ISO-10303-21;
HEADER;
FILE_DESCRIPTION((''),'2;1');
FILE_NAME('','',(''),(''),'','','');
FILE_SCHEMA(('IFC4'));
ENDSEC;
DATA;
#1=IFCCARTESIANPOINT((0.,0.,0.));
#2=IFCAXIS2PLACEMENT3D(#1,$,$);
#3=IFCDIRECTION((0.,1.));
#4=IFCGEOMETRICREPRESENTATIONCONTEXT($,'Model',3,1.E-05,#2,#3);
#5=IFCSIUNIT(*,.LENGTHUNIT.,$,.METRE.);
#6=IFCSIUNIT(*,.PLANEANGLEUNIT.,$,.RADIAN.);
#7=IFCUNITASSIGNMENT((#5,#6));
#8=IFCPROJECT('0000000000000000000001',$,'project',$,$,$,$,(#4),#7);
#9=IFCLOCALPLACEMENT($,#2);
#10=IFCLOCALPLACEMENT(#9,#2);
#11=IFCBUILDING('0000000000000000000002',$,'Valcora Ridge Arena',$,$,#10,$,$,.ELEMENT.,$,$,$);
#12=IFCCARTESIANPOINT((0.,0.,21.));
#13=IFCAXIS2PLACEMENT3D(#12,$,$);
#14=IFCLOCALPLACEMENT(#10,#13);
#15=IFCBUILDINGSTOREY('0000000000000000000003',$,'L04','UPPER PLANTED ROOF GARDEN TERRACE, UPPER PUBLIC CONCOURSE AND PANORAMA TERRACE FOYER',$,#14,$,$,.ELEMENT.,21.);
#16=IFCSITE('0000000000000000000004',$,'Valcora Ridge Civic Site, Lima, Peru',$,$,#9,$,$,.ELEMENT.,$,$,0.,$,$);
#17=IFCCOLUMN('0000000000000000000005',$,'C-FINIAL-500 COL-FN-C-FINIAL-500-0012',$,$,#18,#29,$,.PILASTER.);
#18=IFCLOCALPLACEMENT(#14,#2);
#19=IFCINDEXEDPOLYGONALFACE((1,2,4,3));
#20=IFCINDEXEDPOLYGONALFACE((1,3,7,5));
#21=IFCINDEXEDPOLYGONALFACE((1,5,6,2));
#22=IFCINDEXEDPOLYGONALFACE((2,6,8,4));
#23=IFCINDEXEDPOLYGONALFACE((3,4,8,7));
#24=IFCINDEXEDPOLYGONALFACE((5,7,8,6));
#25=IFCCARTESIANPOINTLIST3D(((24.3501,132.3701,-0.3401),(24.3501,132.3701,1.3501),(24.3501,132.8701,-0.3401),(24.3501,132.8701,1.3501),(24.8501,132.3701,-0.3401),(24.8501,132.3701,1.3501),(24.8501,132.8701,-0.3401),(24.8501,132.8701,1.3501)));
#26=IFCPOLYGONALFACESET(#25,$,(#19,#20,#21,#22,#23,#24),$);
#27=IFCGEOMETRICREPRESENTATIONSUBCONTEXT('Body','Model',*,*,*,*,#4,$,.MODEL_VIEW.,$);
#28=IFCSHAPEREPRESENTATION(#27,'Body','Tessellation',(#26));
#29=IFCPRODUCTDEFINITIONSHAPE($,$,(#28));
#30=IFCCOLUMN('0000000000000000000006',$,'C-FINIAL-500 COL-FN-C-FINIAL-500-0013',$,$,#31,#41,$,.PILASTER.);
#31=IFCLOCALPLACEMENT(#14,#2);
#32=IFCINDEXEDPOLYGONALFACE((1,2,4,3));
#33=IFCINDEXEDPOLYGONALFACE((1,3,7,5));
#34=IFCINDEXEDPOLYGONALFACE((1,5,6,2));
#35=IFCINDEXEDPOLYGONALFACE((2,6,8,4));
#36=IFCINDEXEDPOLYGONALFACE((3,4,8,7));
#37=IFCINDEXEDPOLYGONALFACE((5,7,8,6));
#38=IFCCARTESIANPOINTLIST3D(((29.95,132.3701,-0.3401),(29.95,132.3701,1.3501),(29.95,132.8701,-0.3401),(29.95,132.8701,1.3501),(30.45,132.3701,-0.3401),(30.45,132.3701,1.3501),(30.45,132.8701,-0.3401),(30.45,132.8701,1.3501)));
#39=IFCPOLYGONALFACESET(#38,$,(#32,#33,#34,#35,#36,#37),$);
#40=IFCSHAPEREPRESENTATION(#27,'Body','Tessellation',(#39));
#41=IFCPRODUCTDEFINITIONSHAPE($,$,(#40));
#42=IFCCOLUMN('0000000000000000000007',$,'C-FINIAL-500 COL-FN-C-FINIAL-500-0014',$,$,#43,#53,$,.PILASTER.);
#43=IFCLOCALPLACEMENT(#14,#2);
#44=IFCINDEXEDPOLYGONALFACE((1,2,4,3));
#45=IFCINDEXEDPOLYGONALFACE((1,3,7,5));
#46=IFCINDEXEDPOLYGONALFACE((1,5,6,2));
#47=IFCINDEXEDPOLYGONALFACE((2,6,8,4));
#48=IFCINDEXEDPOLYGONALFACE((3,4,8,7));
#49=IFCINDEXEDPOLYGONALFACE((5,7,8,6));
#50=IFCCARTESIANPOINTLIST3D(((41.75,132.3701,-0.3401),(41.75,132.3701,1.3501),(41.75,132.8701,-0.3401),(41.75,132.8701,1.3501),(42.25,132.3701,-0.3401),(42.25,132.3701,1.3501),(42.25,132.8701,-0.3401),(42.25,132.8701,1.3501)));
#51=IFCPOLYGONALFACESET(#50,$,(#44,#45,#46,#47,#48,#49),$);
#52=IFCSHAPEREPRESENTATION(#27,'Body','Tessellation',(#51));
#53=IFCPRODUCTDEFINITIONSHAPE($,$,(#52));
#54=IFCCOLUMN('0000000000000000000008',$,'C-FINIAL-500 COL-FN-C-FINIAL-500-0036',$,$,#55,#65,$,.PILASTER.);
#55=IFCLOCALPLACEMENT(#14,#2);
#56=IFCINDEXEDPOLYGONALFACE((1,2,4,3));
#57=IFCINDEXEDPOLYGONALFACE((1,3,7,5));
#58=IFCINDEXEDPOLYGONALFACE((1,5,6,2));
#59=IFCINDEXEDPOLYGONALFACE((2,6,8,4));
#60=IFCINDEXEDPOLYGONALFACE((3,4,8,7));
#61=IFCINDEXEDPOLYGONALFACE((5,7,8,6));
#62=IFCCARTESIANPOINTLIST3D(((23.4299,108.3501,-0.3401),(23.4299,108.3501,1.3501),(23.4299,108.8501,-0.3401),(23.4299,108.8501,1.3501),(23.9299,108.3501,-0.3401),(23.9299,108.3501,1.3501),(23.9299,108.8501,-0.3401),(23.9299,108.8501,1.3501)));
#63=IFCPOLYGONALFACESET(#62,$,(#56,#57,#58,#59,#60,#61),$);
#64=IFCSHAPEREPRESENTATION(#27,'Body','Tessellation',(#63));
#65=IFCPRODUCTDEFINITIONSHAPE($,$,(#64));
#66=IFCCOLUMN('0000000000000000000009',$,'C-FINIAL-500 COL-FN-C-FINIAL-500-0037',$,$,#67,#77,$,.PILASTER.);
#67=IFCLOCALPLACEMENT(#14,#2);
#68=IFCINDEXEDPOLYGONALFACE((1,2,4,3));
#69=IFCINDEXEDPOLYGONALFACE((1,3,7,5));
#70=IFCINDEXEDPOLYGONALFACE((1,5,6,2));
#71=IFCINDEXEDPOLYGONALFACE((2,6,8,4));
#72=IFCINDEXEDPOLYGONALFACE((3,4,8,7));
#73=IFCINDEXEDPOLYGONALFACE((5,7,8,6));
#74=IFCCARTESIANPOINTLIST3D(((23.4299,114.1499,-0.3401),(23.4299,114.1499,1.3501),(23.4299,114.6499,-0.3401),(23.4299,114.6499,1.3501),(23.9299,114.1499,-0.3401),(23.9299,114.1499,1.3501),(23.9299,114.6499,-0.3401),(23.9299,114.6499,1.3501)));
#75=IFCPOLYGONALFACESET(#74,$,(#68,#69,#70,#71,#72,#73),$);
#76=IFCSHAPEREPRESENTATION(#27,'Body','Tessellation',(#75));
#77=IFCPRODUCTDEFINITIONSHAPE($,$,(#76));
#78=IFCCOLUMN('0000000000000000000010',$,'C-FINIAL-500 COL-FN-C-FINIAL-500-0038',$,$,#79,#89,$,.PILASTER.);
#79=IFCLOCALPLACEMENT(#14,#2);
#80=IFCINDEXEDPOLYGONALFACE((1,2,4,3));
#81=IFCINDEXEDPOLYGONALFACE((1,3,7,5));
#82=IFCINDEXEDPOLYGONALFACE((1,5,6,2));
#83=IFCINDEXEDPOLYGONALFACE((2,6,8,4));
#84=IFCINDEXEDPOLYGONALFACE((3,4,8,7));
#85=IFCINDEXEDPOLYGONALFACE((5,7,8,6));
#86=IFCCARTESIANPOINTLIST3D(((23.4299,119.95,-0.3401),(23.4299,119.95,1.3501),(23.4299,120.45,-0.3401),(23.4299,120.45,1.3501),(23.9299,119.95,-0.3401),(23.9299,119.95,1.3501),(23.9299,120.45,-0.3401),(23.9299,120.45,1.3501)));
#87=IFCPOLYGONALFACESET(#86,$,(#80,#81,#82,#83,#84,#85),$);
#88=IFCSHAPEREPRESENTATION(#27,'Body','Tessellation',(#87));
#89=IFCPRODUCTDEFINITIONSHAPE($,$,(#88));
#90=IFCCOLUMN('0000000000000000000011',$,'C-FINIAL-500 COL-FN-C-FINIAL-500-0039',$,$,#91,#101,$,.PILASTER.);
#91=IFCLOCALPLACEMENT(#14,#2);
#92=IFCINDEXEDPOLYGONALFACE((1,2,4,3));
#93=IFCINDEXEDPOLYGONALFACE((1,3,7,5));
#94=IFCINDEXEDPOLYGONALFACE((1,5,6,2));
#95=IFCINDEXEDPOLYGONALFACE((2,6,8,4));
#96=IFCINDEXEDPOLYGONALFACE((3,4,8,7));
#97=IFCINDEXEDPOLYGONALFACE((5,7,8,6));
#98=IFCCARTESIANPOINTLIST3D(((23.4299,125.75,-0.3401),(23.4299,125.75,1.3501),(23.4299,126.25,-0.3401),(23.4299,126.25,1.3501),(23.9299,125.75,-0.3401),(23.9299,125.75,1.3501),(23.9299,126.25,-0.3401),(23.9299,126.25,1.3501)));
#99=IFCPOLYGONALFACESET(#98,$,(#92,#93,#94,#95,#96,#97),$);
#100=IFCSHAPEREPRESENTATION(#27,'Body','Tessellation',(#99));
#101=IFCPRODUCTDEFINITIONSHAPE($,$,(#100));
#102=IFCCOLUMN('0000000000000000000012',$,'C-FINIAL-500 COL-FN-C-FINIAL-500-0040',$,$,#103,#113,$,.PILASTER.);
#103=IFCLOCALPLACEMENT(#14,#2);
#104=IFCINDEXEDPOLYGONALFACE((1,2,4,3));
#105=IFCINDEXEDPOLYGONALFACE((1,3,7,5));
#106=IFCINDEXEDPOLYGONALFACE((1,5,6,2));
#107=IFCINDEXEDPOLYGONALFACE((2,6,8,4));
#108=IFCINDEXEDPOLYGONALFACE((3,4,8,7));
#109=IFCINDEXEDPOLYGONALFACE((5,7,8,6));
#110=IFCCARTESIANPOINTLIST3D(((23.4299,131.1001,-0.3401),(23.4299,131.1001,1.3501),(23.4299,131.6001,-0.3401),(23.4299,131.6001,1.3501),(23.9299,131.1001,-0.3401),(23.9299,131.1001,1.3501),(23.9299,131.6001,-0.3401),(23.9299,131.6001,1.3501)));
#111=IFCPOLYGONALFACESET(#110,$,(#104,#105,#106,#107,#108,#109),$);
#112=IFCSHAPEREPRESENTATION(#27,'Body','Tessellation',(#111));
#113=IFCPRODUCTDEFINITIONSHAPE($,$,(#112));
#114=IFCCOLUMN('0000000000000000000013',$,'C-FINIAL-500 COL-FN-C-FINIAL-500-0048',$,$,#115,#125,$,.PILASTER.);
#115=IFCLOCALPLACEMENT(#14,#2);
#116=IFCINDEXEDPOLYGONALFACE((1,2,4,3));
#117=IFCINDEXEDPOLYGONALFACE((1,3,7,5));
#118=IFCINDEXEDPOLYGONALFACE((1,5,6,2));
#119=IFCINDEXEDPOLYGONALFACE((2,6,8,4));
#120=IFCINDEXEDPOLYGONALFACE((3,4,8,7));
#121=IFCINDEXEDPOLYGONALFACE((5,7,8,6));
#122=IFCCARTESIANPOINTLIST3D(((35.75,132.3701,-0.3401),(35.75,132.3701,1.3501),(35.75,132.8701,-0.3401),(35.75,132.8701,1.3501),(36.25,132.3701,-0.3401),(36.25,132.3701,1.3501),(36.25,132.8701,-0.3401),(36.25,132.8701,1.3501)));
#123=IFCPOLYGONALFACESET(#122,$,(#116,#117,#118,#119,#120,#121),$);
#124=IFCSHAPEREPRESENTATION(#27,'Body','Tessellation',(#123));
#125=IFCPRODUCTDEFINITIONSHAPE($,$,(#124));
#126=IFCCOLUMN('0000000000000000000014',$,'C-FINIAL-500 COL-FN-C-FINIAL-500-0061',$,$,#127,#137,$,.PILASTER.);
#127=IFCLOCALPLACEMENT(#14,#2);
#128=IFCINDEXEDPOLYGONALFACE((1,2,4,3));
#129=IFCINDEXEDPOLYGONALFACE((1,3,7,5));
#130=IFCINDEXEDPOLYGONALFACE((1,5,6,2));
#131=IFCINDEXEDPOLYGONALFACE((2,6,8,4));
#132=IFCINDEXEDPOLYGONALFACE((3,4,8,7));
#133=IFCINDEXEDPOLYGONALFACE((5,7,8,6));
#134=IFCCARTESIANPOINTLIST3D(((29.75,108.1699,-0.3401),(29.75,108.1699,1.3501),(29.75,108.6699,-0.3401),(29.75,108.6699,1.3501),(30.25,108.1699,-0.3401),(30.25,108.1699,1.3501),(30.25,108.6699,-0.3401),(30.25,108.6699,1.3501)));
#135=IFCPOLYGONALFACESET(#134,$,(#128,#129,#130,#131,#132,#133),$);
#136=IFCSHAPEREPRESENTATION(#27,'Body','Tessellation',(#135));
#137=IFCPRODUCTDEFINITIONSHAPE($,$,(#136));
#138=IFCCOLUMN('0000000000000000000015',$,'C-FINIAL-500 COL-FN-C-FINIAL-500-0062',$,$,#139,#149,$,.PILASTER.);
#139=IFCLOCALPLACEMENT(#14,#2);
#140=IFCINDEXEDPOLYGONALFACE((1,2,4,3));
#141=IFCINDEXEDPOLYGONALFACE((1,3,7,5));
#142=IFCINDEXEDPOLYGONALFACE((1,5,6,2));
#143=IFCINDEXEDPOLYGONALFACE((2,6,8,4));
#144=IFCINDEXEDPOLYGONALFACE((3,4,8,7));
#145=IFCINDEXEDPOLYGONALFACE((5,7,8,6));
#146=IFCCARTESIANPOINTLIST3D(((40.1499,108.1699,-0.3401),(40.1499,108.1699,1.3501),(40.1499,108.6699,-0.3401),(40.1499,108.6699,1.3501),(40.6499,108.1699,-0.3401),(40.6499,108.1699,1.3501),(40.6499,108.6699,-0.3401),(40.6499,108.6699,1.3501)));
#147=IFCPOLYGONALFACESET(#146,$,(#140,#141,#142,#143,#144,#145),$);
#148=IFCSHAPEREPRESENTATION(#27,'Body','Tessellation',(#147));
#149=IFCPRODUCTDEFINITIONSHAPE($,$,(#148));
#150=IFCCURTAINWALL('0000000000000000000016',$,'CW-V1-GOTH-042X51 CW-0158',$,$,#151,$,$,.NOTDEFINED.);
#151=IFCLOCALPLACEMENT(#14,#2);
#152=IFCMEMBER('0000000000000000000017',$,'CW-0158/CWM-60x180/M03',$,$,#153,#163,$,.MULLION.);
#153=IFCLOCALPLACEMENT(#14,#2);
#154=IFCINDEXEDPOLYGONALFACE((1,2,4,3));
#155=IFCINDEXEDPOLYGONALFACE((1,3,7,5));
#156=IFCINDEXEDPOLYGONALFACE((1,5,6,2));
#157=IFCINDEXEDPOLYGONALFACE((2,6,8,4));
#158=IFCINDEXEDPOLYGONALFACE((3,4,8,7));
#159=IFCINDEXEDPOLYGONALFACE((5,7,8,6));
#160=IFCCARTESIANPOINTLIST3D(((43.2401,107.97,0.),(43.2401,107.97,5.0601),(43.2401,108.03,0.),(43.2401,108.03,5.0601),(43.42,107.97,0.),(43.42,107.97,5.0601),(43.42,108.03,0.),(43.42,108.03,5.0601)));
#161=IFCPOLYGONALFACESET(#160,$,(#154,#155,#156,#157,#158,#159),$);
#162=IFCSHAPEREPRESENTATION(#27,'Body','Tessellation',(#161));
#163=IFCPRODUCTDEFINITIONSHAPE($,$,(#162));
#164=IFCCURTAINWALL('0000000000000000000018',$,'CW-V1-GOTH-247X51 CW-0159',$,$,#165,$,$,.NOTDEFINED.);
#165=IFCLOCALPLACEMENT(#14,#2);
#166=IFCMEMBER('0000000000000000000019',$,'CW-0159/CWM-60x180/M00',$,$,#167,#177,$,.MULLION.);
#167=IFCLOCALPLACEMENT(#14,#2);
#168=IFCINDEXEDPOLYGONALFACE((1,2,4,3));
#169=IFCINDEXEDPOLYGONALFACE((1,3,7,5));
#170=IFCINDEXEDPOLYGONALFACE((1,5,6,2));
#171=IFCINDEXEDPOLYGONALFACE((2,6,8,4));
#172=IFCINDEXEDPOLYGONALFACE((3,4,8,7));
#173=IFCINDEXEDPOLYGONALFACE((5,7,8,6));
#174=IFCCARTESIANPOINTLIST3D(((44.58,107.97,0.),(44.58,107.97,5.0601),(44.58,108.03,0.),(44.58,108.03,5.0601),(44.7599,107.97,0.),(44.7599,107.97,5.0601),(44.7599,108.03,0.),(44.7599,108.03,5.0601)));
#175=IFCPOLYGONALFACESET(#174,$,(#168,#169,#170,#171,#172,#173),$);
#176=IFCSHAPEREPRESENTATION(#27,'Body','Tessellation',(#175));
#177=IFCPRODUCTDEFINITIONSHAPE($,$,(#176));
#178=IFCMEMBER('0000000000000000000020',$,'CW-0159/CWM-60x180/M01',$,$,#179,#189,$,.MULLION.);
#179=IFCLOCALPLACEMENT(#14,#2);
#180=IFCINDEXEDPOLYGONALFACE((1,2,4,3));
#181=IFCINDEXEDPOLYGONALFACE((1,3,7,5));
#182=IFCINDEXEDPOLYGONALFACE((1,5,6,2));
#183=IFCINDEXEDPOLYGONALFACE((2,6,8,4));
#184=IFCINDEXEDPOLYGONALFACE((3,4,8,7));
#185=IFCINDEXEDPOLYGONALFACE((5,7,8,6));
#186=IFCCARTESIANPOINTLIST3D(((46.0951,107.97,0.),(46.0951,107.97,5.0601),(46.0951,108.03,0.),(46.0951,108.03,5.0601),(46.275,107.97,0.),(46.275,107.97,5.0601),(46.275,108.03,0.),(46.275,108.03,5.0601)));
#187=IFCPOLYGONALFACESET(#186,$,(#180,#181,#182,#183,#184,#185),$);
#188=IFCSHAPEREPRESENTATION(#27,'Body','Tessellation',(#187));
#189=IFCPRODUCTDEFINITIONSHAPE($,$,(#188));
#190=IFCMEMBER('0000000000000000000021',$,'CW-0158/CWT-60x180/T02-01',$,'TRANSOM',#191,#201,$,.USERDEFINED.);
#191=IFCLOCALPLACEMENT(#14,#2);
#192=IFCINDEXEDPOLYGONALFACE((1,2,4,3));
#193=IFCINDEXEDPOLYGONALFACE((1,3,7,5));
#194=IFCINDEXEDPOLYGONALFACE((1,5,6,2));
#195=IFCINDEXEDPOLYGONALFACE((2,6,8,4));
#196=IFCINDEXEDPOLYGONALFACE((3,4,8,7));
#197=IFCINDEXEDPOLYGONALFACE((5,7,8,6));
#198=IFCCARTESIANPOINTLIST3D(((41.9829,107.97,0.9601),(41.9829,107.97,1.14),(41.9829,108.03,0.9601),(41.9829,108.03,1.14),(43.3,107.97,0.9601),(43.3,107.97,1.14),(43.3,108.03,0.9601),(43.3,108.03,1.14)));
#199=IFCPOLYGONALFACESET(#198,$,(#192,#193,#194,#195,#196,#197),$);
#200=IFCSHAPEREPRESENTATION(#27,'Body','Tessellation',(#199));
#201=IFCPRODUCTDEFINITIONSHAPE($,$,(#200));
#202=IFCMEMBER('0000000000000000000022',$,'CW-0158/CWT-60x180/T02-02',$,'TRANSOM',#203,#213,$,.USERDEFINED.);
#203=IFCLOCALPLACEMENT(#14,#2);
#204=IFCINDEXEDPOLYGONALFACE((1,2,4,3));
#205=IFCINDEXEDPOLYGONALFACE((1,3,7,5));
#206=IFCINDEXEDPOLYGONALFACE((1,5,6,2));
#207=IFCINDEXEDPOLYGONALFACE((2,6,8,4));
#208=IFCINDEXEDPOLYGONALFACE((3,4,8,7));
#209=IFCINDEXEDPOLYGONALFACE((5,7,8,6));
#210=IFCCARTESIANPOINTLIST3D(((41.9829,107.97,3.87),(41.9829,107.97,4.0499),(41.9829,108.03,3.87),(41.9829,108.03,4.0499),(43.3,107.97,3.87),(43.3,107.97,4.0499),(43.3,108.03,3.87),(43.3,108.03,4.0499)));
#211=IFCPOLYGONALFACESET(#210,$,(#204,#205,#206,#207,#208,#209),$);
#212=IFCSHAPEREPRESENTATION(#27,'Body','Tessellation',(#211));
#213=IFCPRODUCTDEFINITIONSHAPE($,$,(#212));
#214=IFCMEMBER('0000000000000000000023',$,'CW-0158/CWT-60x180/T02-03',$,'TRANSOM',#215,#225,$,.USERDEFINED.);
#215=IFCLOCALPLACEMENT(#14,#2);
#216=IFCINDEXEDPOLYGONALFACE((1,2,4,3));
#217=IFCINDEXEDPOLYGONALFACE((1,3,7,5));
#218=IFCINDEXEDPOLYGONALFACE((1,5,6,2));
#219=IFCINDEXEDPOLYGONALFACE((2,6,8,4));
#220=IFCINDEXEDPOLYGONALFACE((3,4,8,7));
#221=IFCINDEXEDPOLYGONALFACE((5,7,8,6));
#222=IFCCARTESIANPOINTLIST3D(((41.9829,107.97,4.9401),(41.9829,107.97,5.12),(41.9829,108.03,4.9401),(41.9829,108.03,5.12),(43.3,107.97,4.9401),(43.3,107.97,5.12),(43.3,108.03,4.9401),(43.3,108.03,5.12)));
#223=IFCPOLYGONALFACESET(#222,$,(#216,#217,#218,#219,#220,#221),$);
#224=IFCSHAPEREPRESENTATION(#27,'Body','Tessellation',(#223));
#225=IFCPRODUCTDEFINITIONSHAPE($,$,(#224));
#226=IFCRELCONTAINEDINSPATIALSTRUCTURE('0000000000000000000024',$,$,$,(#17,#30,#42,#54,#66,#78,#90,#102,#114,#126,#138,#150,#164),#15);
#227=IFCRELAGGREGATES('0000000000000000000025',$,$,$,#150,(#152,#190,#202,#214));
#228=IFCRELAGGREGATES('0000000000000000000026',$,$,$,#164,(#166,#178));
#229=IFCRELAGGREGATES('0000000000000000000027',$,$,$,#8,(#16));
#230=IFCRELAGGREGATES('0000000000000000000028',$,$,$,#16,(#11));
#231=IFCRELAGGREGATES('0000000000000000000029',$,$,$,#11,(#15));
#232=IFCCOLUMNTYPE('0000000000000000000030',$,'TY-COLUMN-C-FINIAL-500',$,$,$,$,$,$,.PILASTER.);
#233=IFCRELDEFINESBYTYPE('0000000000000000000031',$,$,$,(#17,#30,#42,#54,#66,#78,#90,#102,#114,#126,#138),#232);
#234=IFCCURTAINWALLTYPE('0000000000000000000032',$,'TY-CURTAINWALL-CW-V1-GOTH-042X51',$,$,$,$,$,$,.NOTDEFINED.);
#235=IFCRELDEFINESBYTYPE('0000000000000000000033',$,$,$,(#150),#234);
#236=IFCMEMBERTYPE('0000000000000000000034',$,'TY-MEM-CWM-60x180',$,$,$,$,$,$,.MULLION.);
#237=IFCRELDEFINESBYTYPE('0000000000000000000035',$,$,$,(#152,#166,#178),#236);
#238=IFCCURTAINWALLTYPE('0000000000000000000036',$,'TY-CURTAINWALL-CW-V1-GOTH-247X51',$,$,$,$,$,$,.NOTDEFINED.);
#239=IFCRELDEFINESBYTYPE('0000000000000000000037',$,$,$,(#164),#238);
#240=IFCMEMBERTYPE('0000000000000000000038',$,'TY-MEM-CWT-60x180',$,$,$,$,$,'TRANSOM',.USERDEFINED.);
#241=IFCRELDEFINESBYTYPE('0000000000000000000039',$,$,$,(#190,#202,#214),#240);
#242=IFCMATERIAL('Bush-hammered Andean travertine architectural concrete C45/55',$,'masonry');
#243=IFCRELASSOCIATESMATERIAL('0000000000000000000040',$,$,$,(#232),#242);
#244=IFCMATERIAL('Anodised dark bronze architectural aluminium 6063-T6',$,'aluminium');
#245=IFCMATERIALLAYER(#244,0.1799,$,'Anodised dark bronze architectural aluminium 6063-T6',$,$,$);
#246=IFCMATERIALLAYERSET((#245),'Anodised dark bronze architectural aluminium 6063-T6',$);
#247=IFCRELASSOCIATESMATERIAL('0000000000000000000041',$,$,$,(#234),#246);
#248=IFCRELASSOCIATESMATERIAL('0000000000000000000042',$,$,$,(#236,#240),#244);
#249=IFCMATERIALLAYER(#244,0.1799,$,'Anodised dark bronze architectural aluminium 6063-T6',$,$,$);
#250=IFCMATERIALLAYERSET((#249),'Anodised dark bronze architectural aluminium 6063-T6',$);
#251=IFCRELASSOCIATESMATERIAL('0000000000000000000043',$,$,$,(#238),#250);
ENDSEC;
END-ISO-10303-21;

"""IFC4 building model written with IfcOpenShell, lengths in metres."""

from ifc_helpers import new_model, si_unit, direction, frame, origin, origin_2d, place, context, subcontext, project, spatial, rectangle, extrude, material, layer, layer_set, material_profile, profile_set, type_object, element, aggregate, save


model = new_model("IFC4")

# Units and contexts
model_context = context("Model", 3, precision=1e-05, world=origin(), true_north=direction((0.0, 1.0)))
body_context = subcontext(model_context, "Body", "Model", "MODEL_VIEW")
ifc_project = project(units=[si_unit("LENGTHUNIT", "METRE"), si_unit("PLANEANGLEUNIT", "RADIAN")], contexts=[model_context])

# Site, building, storey
site_placement = place(None, origin())
site = spatial("IfcSite", under=ifc_project, at=site_placement, Name="Valcora Ridge Civic Site, Lima, Peru", CompositionType="ELEMENT", RefElevation=0.0)
building_placement = place(site_placement, origin())
building = spatial("IfcBuilding", under=site, at=building_placement, Name="Valcora Ridge Arena", CompositionType="ELEMENT")
storey_placement = place(building_placement, frame((0.0, 0.0, 21.0)))
storey = spatial("IfcBuildingStorey", under=building, at=storey_placement, Name="L04", Description="UPPER PLANTED ROOF GARDEN TERRACE, UPPER PUBLIC CONCOURSE AND PANORAMA TERRACE FOYER", CompositionType="ELEMENT", Elevation=21.0)

# Columns
ifc_material_1 = material(Name="Bush-hammered Andean travertine architectural concrete C45/55", Category="masonry")
ifc_material_profile_1 = material_profile(ifc_material_1, rectangle(XDim=0.5, YDim=0.5, at=origin_2d()), Name="RC 500x500")
ifc_profile_set_1 = profile_set([ifc_material_profile_1], Name="Bush-hammered Andean travertine architectural concrete C45/55")
column_type = type_object("IfcColumnType", Name="TY-COLUMN-C-FINIAL-500", PredefinedType="PILASTER", material=ifc_profile_set_1)
for number, where, z_axis, x_axis, name in (
    (1, (24.6001, 132.6201, -0.3401), (0.0, 0.0, 1.0), (1.0, 0.0, 0.0), "C-FINIAL-500 COL-FN-C-FINIAL-500-0012"),
    (2, (30.2, 132.6201, -0.3401), (0.0, 0.0, 1.0), (1.0, 0.0, 0.0), "C-FINIAL-500 COL-FN-C-FINIAL-500-0013"),
    (3, (42.0, 132.6201, -0.3401), (0.0, 0.0, 1.0), (1.0, 0.0, 0.0), "C-FINIAL-500 COL-FN-C-FINIAL-500-0014"),
    (4, (23.6799, 108.6001, -0.3401), (0.0, 0.0, 1.0), (1.0, 0.0, 0.0), "C-FINIAL-500 COL-FN-C-FINIAL-500-0036"),
    (5, (23.6799, 114.3999, -0.3401), (0.0, 0.0, 1.0), (1.0, 0.0, 0.0), "C-FINIAL-500 COL-FN-C-FINIAL-500-0037"),
    (6, (23.6799, 120.2, -0.3401), (0.0, 0.0, 1.0), (1.0, 0.0, 0.0), "C-FINIAL-500 COL-FN-C-FINIAL-500-0038"),
    (7, (23.6799, 126.0, -0.3401), (0.0, 0.0, 1.0), (1.0, 0.0, 0.0), "C-FINIAL-500 COL-FN-C-FINIAL-500-0039"),
    (8, (23.6799, 131.3501, -0.3401), (0.0, 0.0, 1.0), (1.0, 0.0, 0.0), "C-FINIAL-500 COL-FN-C-FINIAL-500-0040"),
    (9, (36.0, 132.6201, -0.3401), (0.0, 0.0, 1.0), (1.0, 0.0, 0.0), "C-FINIAL-500 COL-FN-C-FINIAL-500-0048"),
    (10, (30.0, 108.4199, -0.3401), (0.0, 0.0, 1.0), (1.0, 0.0, 0.0), "C-FINIAL-500 COL-FN-C-FINIAL-500-0061"),
    (11, (40.3999, 108.4199, -0.3401), (0.0, 0.0, 1.0), (1.0, 0.0, 0.0), "C-FINIAL-500 COL-FN-C-FINIAL-500-0062"),
):
    element("IfcColumn", number, at=place(storey_placement, frame(where, z_axis=z_axis, x_axis=x_axis)), inside=storey, type_object=column_type, Name=name, PredefinedType="PILASTER", context=body_context, shape_type="SweptSolid", body=[
        extrude(rectangle(XDim=0.5, YDim=0.5, at=origin_2d()), origin(), (0.0, 0.0, 1.0), 1.6902),
    ])

# Curtain wall, member
ifc_material_2 = material(Name="Anodised dark bronze architectural aluminium 6063-T6", Category="aluminium")
ifc_layer_1 = layer(ifc_material_2, 0.1799, Name="Anodised dark bronze architectural aluminium 6063-T6")
ifc_layer_set_1 = layer_set([ifc_layer_1], Name="Anodised dark bronze architectural aluminium 6063-T6")
curtain_wall_type_1 = type_object("IfcCurtainWallType", Name="TY-CURTAINWALL-CW-V1-GOTH-042X51", PredefinedType="NOTDEFINED", material=ifc_layer_set_1)
curtain_wall_1_placement = place(storey_placement, origin())
curtain_wall_1 = element("IfcCurtainWall", 12, at=curtain_wall_1_placement, inside=storey, type_object=curtain_wall_type_1, Name="CW-V1-GOTH-042X51 CW-0158", PredefinedType="NOTDEFINED")
ifc_material_profile_2 = material_profile(ifc_material_2, rectangle(XDim=0.0601, YDim=0.1799, at=origin_2d()), Name="ALU MULLION 60x180")
ifc_profile_set_2 = profile_set([ifc_material_profile_2], Name="Anodised dark bronze architectural aluminium 6063-T6")
member_type_1 = type_object("IfcMemberType", Name="TY-MEM-CWM-60x180", PredefinedType="MULLION", material=ifc_profile_set_2)
member_1_placement = place(storey_placement, frame((43.3301, 108.0, 0.0), z_axis=(0.0, 0.0, 1.0), x_axis=(0.0, 1.0, 0.0)))
member_1 = element("IfcMember", 13, at=member_1_placement, type_object=member_type_1, Name="CW-0158/CWM-60x180/M03", PredefinedType="MULLION", context=body_context, shape_type="SweptSolid", body=[
    extrude(rectangle(XDim=0.0601, YDim=0.1799, at=origin_2d()), origin(), (0.0, 0.0, 1.0), 5.0601),
])

# Curtain wall, members
ifc_layer_2 = layer(ifc_material_2, 0.1799, Name="Anodised dark bronze architectural aluminium 6063-T6")
ifc_layer_set_2 = layer_set([ifc_layer_2], Name="Anodised dark bronze architectural aluminium 6063-T6")
curtain_wall_type_2 = type_object("IfcCurtainWallType", Name="TY-CURTAINWALL-CW-V1-GOTH-247X51", PredefinedType="NOTDEFINED", material=ifc_layer_set_2)
curtain_wall_2_placement = place(storey_placement, origin())
curtain_wall_2 = element("IfcCurtainWall", 14, at=curtain_wall_2_placement, inside=storey, type_object=curtain_wall_type_2, Name="CW-V1-GOTH-247X51 CW-0159", PredefinedType="NOTDEFINED")
member_2_placement = place(storey_placement, frame((44.6699, 108.0, 0.0), z_axis=(0.0, 0.0, 1.0), x_axis=(0.0, 1.0, 0.0)))
member_2 = element("IfcMember", 15, at=member_2_placement, type_object=member_type_1, Name="CW-0159/CWM-60x180/M00", PredefinedType="MULLION", context=body_context, shape_type="SweptSolid", body=[
    extrude(rectangle(XDim=0.0601, YDim=0.1799, at=origin_2d()), origin(), (0.0, 0.0, 1.0), 5.0601),
])
member_3_placement = place(storey_placement, frame((46.1851, 108.0, 0.0), z_axis=(0.0, 0.0, 1.0), x_axis=(0.0, 1.0, 0.0)))
member_3 = element("IfcMember", 16, at=member_3_placement, type_object=member_type_1, Name="CW-0159/CWM-60x180/M01", PredefinedType="MULLION", context=body_context, shape_type="SweptSolid", body=[
    extrude(rectangle(XDim=0.0601, YDim=0.1799, at=origin_2d()), origin(), (0.0, 0.0, 1.0), 5.0601),
])

# Members
ifc_material_profile_3 = material_profile(ifc_material_2, rectangle(XDim=0.0601, YDim=0.1799, at=origin_2d()), Name="ALU TRANSOM 60x180")
ifc_profile_set_3 = profile_set([ifc_material_profile_3], Name="Anodised dark bronze architectural aluminium 6063-T6")
member_type_2 = type_object("IfcMemberType", Name="TY-MEM-CWT-60x180", ElementType="TRANSOM", PredefinedType="USERDEFINED", material=ifc_profile_set_3)
member_4_placement = place(storey_placement, frame((41.9829, 108.0, 1.05), z_axis=(1.0, 0.0, 0.0), x_axis=(0.0, 1.0, 0.0)))
member_4 = element("IfcMember", 17, at=member_4_placement, type_object=member_type_2, Name="CW-0158/CWT-60x180/T02-01", ObjectType="TRANSOM", PredefinedType="USERDEFINED", context=body_context, shape_type="SweptSolid", body=[
    extrude(rectangle(XDim=0.0601, YDim=0.1799, at=origin_2d()), origin(), (0.0, 0.0, 1.0), 1.3171),
])
member_5_placement = place(storey_placement, frame((41.9829, 108.0, 3.96), z_axis=(1.0, 0.0, 0.0), x_axis=(0.0, 1.0, 0.0)))
member_5 = element("IfcMember", 18, at=member_5_placement, type_object=member_type_2, Name="CW-0158/CWT-60x180/T02-02", ObjectType="TRANSOM", PredefinedType="USERDEFINED", context=body_context, shape_type="SweptSolid", body=[
    extrude(rectangle(XDim=0.0601, YDim=0.1799, at=origin_2d()), origin(), (0.0, 0.0, 1.0), 1.3171),
])
member_6_placement = place(storey_placement, frame((41.9829, 108.0, 5.03), z_axis=(1.0, 0.0, 0.0), x_axis=(0.0, 1.0, 0.0)))
member_6 = element("IfcMember", 19, at=member_6_placement, type_object=member_type_2, Name="CW-0158/CWT-60x180/T02-03", ObjectType="TRANSOM", PredefinedType="USERDEFINED", context=body_context, shape_type="SweptSolid", body=[
    extrude(rectangle(XDim=0.0601, YDim=0.1799, at=origin_2d()), origin(), (0.0, 0.0, 1.0), 1.3171),
])

aggregate(curtain_wall_1, [member_1, member_4, member_5, member_6])
aggregate(curtain_wall_2, [member_2, member_3])

save(model, "model.ifc")
